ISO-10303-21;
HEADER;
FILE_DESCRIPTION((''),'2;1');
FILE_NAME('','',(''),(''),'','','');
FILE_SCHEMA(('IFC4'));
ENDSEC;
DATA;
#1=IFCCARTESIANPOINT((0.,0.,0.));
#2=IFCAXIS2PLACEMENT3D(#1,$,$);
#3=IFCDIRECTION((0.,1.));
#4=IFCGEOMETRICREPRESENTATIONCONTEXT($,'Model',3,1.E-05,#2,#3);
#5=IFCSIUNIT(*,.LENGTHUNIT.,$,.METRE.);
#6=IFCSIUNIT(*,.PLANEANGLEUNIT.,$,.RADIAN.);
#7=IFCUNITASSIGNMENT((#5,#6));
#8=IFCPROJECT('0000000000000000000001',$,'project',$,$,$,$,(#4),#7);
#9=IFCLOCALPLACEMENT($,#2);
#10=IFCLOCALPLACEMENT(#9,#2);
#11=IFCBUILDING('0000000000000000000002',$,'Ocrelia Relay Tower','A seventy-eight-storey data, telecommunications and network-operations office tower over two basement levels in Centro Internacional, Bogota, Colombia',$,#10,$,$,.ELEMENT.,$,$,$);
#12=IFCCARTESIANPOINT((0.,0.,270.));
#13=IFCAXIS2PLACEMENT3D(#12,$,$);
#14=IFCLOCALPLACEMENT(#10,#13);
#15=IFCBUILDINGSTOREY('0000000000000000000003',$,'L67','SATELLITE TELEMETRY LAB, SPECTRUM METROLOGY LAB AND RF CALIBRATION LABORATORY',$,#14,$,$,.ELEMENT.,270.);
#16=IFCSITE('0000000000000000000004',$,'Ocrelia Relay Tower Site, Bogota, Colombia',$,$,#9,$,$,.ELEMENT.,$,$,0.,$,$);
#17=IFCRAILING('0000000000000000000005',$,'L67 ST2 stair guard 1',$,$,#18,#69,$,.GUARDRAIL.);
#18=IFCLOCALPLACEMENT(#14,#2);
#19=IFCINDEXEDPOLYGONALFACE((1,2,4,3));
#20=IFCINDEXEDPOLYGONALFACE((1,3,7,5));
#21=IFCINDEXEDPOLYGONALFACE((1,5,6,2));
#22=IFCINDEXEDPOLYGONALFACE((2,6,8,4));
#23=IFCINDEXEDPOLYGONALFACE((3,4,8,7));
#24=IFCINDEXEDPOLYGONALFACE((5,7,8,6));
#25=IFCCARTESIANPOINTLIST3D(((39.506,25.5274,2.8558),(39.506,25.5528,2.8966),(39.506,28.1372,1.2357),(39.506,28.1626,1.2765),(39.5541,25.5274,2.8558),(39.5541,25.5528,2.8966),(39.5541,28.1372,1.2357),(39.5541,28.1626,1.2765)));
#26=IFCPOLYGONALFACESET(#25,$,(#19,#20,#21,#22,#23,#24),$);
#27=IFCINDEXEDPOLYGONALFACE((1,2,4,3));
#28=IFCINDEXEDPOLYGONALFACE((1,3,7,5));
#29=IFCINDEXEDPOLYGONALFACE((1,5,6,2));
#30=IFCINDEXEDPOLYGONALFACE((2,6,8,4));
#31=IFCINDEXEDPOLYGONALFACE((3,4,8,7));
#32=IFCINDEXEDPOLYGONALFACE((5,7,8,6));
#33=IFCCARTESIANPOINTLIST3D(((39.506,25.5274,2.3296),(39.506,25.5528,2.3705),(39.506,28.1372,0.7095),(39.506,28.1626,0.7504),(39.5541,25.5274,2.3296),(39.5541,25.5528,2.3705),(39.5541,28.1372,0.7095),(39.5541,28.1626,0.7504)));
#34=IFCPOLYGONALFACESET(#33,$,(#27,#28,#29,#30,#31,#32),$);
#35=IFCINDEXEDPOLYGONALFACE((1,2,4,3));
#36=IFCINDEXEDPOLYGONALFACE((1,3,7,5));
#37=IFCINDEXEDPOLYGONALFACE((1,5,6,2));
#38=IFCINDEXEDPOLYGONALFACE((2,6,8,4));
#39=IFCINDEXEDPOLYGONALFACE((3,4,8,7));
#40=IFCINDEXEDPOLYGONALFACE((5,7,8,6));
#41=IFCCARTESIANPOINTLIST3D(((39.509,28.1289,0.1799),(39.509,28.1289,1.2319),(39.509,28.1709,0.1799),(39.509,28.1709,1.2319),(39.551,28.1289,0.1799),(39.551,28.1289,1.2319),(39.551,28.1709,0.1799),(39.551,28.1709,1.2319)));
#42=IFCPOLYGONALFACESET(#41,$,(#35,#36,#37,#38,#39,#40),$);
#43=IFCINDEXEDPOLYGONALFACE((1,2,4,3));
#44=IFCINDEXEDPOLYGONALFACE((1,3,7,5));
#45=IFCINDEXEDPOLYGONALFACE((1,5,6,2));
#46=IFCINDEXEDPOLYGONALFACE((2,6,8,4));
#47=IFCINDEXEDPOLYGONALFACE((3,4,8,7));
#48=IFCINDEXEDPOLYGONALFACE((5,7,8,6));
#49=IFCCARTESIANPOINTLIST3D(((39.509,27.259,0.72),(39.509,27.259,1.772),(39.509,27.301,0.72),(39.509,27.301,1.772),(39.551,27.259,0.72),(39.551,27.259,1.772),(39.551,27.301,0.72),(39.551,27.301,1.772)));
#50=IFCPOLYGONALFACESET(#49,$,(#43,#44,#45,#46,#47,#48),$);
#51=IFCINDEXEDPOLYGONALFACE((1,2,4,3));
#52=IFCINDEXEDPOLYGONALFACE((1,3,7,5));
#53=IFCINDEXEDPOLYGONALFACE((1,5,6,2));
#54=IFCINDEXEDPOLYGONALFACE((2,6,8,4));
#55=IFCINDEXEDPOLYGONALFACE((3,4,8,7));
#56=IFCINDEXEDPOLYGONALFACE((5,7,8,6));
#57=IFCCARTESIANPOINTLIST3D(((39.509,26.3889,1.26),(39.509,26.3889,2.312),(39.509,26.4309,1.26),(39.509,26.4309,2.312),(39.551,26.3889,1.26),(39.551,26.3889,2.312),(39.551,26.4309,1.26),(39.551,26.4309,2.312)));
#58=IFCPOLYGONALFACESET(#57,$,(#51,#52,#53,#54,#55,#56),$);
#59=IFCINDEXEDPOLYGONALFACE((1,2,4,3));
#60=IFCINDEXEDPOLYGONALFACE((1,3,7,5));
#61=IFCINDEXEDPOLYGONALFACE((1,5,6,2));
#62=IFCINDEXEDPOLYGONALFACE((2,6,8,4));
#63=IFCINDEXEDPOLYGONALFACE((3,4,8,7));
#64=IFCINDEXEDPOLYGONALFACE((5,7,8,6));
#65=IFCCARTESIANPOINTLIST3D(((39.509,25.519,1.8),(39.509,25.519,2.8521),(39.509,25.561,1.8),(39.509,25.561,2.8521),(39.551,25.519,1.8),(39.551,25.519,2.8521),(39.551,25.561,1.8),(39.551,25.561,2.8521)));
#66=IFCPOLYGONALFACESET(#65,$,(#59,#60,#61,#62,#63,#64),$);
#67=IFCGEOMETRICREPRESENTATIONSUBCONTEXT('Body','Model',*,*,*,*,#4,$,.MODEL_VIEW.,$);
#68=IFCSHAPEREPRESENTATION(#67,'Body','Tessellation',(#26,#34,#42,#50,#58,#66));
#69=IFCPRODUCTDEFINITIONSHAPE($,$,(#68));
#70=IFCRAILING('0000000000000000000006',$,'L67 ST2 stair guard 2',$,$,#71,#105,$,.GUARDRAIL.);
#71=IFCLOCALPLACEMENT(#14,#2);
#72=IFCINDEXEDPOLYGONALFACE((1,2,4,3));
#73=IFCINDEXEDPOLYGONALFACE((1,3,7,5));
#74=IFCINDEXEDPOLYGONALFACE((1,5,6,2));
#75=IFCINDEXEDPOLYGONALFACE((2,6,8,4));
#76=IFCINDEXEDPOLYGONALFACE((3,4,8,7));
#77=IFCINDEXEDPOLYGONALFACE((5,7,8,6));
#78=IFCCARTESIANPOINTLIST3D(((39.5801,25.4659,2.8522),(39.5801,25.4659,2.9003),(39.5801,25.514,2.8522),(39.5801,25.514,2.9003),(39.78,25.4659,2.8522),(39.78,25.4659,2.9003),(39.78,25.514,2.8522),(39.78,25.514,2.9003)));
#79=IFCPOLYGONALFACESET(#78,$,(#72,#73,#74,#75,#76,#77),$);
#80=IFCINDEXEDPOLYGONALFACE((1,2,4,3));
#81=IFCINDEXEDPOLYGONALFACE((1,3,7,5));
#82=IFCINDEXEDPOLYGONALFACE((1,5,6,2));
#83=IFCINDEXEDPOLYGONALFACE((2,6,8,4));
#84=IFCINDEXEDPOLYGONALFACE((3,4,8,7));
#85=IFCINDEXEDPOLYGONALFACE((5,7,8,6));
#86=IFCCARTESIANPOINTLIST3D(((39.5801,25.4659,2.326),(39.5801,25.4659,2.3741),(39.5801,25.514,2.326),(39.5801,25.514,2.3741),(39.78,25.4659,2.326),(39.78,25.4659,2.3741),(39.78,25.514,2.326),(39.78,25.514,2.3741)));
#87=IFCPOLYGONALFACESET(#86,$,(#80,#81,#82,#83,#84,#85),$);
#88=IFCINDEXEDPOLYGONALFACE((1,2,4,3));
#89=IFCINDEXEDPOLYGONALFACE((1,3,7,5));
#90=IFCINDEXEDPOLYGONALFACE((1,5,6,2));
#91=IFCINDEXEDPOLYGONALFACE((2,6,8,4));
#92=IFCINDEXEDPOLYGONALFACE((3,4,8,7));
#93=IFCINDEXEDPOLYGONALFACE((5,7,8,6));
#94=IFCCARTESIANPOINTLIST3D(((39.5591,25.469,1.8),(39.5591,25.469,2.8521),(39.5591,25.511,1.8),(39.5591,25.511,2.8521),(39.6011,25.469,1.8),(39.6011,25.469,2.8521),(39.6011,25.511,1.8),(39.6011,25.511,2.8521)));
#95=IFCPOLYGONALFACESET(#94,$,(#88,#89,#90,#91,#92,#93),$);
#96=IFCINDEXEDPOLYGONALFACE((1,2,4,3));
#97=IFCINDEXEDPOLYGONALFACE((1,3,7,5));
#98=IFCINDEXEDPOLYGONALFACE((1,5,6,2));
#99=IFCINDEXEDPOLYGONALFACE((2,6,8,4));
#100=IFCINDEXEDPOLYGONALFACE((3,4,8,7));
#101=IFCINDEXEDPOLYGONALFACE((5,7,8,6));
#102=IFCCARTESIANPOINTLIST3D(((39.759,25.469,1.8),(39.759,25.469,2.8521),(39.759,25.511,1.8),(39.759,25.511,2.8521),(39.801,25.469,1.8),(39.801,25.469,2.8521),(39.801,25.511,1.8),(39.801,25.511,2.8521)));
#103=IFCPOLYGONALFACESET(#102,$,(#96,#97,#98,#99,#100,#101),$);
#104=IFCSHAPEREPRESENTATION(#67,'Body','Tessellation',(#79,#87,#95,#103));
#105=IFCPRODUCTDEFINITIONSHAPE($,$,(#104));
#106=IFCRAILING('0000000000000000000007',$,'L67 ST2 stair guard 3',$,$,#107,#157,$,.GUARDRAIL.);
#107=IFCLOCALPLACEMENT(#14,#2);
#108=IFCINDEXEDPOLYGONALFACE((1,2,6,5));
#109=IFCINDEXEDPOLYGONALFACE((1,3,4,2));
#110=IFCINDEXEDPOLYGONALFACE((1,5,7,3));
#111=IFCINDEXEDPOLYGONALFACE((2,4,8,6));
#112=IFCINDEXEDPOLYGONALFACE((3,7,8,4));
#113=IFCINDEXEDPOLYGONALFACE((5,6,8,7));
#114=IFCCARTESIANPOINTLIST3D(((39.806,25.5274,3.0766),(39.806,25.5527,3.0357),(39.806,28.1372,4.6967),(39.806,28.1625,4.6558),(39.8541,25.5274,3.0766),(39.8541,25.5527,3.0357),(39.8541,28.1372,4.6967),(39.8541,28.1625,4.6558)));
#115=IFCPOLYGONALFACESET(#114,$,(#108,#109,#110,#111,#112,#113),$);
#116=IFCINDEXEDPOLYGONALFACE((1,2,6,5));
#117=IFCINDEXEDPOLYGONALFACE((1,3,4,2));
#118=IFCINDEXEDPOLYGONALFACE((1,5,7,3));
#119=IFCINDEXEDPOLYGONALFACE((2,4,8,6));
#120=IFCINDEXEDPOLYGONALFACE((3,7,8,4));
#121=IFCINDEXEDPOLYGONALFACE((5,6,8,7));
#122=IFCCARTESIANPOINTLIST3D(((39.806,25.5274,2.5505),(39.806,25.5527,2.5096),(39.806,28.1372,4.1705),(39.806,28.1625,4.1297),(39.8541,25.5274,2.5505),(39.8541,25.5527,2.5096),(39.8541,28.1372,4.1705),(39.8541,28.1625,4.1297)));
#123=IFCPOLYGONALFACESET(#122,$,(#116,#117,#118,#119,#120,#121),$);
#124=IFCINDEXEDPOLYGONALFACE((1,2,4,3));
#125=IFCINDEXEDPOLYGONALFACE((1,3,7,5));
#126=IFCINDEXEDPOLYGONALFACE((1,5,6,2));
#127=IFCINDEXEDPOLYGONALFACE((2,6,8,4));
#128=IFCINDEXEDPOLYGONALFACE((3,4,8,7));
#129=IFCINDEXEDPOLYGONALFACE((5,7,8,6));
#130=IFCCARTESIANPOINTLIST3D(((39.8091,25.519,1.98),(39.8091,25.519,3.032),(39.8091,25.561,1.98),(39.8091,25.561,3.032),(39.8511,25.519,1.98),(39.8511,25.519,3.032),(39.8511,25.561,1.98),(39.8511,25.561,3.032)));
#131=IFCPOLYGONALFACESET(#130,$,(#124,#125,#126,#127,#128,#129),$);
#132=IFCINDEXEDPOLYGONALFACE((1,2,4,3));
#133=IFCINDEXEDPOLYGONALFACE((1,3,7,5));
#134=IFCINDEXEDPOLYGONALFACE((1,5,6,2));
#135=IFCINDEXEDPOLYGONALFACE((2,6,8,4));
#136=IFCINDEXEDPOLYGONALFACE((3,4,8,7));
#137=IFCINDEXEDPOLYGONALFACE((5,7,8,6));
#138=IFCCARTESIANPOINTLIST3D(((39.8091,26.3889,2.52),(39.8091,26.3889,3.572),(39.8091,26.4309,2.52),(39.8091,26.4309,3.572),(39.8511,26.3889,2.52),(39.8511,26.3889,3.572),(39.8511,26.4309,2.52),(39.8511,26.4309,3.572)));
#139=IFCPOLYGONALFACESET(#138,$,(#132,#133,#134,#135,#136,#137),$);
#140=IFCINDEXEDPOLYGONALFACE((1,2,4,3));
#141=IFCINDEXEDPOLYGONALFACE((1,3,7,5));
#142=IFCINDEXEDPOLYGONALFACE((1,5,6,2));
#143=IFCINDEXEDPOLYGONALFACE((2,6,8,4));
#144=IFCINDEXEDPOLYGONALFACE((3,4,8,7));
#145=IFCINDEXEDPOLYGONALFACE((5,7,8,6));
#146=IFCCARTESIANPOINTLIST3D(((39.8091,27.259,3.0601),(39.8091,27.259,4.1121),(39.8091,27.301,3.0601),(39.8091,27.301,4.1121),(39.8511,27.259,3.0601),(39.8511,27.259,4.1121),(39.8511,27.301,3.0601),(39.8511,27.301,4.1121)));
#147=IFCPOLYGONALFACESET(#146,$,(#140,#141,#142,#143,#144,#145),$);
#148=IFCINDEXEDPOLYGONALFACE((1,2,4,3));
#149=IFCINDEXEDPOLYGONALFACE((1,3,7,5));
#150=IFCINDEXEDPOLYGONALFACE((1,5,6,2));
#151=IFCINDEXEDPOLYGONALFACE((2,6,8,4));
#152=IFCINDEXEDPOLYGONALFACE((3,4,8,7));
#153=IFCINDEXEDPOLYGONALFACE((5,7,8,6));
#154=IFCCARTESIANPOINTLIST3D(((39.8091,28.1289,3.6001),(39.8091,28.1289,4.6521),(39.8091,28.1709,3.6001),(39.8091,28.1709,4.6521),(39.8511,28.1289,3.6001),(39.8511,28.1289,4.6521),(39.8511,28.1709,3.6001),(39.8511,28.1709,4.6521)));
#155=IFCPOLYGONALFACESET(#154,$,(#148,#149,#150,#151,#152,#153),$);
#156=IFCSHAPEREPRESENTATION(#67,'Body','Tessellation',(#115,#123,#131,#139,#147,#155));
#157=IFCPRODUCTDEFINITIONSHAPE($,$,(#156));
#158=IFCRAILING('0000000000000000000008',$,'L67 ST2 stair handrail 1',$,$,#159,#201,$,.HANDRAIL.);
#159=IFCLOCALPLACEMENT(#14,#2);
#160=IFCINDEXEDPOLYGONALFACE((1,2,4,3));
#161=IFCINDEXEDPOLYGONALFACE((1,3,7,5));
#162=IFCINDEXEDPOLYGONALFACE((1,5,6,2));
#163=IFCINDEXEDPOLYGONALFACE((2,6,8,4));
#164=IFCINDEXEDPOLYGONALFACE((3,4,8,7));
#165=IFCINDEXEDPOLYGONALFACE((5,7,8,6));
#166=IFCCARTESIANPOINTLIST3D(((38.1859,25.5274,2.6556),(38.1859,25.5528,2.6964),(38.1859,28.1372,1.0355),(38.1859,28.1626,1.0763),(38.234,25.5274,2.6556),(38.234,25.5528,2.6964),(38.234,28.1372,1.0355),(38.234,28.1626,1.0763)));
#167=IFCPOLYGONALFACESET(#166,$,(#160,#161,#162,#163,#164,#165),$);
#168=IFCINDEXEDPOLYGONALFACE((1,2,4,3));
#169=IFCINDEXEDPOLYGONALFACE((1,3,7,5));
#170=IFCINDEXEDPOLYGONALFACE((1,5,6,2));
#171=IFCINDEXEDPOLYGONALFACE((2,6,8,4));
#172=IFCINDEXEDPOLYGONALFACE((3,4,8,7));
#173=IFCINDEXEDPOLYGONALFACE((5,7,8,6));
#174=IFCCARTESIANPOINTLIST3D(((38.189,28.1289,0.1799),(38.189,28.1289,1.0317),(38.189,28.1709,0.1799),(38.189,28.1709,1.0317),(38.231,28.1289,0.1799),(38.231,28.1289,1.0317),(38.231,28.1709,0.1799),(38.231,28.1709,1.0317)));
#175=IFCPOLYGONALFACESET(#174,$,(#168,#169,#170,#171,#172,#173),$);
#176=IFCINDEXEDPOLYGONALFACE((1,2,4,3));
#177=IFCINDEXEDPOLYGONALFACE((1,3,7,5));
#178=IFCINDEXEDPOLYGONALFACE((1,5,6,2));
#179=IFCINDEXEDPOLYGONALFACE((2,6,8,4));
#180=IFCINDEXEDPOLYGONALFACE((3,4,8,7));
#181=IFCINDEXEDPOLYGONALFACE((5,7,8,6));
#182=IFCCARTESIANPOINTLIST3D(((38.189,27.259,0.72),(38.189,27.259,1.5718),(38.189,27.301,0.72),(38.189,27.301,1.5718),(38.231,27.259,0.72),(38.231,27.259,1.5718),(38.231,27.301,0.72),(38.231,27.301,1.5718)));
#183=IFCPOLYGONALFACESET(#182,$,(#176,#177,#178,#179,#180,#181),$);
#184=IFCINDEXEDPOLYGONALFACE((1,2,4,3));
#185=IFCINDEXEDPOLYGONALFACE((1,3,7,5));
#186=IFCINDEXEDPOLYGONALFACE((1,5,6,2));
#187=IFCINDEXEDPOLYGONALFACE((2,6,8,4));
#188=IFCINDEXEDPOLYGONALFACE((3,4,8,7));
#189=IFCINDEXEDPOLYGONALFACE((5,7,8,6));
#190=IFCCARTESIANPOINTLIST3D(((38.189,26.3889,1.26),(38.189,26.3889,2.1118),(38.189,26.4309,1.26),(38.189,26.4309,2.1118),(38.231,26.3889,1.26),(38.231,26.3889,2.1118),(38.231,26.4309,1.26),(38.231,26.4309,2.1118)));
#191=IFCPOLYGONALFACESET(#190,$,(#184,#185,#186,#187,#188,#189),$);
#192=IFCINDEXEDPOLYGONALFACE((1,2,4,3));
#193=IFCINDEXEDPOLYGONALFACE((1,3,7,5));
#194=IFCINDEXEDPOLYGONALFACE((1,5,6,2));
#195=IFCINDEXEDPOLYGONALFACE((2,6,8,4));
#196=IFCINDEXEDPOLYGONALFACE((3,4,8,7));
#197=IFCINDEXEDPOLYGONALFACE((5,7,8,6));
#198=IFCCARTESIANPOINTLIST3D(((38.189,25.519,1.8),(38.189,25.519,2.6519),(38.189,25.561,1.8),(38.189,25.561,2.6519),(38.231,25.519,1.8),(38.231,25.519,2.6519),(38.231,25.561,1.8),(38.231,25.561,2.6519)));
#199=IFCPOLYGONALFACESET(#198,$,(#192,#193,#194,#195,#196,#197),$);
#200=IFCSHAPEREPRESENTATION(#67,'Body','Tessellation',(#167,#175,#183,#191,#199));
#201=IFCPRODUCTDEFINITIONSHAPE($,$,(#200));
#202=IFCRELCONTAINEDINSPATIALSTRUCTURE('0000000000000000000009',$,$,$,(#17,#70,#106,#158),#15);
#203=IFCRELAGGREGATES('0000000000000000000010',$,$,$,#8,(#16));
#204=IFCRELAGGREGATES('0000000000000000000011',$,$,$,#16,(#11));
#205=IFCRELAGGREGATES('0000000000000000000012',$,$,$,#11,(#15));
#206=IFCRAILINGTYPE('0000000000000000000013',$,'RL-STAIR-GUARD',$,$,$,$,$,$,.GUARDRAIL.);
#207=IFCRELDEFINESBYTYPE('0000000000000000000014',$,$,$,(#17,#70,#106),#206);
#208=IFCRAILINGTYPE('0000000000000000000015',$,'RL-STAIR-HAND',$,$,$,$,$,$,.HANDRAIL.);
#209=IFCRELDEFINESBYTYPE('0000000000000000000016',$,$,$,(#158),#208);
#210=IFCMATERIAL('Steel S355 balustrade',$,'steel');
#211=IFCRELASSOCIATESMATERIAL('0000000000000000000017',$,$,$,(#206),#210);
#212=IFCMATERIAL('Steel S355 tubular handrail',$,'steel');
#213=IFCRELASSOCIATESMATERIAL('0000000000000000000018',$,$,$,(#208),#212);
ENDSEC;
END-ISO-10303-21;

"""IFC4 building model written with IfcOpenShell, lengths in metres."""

from ifc_helpers import new_model, si_unit, direction, frame, origin, origin_2d, place, context, subcontext, project, spatial, rectangle, extrude, material, type_object, element, save


model = new_model("IFC4")

# Units and contexts
model_context = context("Model", 3, precision=1e-05, world=origin(), true_north=direction((0.0, 1.0)))
body_context = subcontext(model_context, "Body", "Model", "MODEL_VIEW")
ifc_project = project(units=[si_unit("LENGTHUNIT", "METRE"), si_unit("PLANEANGLEUNIT", "RADIAN")], contexts=[model_context])

# Site, building, storey
site_placement = place(None, origin())
site = spatial("IfcSite", under=ifc_project, at=site_placement, Name="Ocrelia Relay Tower Site, Bogota, Colombia", CompositionType="ELEMENT", RefElevation=0.0)
building_placement = place(site_placement, origin())
building = spatial("IfcBuilding", under=site, at=building_placement, Name="Ocrelia Relay Tower", Description="A seventy-eight-storey data, telecommunications and network-operations office tower over two basement levels in Centro Internacional, Bogota, Colombia", CompositionType="ELEMENT")
storey_placement = place(building_placement, frame((0.0, 0.0, 270.0)))
storey = spatial("IfcBuildingStorey", under=building, at=storey_placement, Name="L67", Description="SATELLITE TELEMETRY LAB, SPECTRUM METROLOGY LAB AND RF CALIBRATION LABORATORY", CompositionType="ELEMENT", Elevation=270.0)

# Railings
ifc_material_1 = material(Name="Steel S355 balustrade", Category="steel")
railing_type_1 = type_object("IfcRailingType", Name="RL-STAIR-GUARD", PredefinedType="GUARDRAIL", material=ifc_material_1)
railing_1_placement = place(storey_placement, frame((39.53, 28.1499, 0.1799)))
element("IfcRailing", 1, at=railing_1_placement, inside=storey, type_object=railing_type_1, Name="L67 ST2 stair guard 1", PredefinedType="GUARDRAIL", context=body_context, shape_type="SweptSolid", body=[
    extrude(rectangle(XDim=0.0481, YDim=0.0481, at=origin_2d()), frame((0.0, 0.0, 1.0762), z_axis=(0.0, -0.849611, 0.52741), x_axis=(1.0, 0.0, 0.0)), (0.0, 0.0, 1.0), 3.0718),
    extrude(rectangle(XDim=0.0481, YDim=0.0481, at=origin_2d()), frame((0.0, 0.0, 0.55), z_axis=(0.0, -0.849611, 0.52741), x_axis=(1.0, 0.0, 0.0)), (0.0, 0.0, 1.0), 3.0718),
    extrude(rectangle(XDim=0.042, YDim=0.042, at=origin_2d()), origin(), (0.0, 0.0, 1.0), 1.052),
    extrude(rectangle(XDim=0.042, YDim=0.042, at=origin_2d()), frame((0.0, -0.8699, 0.54)), (0.0, 0.0, 1.0), 1.052),
    extrude(rectangle(XDim=0.042, YDim=0.042, at=origin_2d()), frame((0.0, -1.74, 1.0801)), (0.0, 0.0, 1.0), 1.052),
    extrude(rectangle(XDim=0.042, YDim=0.042, at=origin_2d()), frame((0.0, -2.6099, 1.6201)), (0.0, 0.0, 1.0), 1.052),
])
railing_2_placement = place(storey_placement, frame((39.5801, 25.49, 1.8)))
element("IfcRailing", 2, at=railing_2_placement, inside=storey, type_object=railing_type_1, Name="L67 ST2 stair guard 2", PredefinedType="GUARDRAIL", context=body_context, shape_type="SweptSolid", body=[
    extrude(rectangle(XDim=0.0481, YDim=0.0481, at=origin_2d()), frame((0.0, 0.0, 1.0762), z_axis=(1.0, 0.0, 0.0), x_axis=(0.0, 1.0, 0.0)), (0.0, 0.0, 1.0), 0.2),
    extrude(rectangle(XDim=0.0481, YDim=0.0481, at=origin_2d()), frame((0.0, 0.0, 0.55), z_axis=(1.0, 0.0, 0.0), x_axis=(0.0, 1.0, 0.0)), (0.0, 0.0, 1.0), 0.2),
    extrude(rectangle(XDim=0.042, YDim=0.042, at=origin_2d()), origin(), (0.0, 0.0, 1.0), 1.052),
    extrude(rectangle(XDim=0.042, YDim=0.042, at=origin_2d()), frame((0.2, 0.0, 0.0)), (0.0, 0.0, 1.0), 1.052),
])
railing_3_placement = place(storey_placement, frame((39.8301, 25.54, 1.98)))
element("IfcRailing", 3, at=railing_3_placement, inside=storey, type_object=railing_type_1, Name="L67 ST2 stair guard 3", PredefinedType="GUARDRAIL", context=body_context, shape_type="SweptSolid", body=[
    extrude(rectangle(XDim=0.0481, YDim=0.0481, at=origin_2d()), frame((0.0, 0.0, 1.0762), z_axis=(0.0, 0.849611, 0.52741), x_axis=(-1.0, 0.0, 0.0)), (0.0, 0.0, 1.0), 3.0718),
    extrude(rectangle(XDim=0.0481, YDim=0.0481, at=origin_2d()), frame((0.0, 0.0, 0.55), z_axis=(0.0, 0.849611, 0.52741), x_axis=(-1.0, 0.0, 0.0)), (0.0, 0.0, 1.0), 3.0718),
    extrude(rectangle(XDim=0.042, YDim=0.042, at=origin_2d()), origin(), (0.0, 0.0, 1.0), 1.052),
    extrude(rectangle(XDim=0.042, YDim=0.042, at=origin_2d()), frame((0.0, 0.8699, 0.54)), (0.0, 0.0, 1.0), 1.052),
    extrude(rectangle(XDim=0.042, YDim=0.042, at=origin_2d()), frame((0.0, 1.74, 1.0801)), (0.0, 0.0, 1.0), 1.052),
    extrude(rectangle(XDim=0.042, YDim=0.042, at=origin_2d()), frame((0.0, 2.6099, 1.6201)), (0.0, 0.0, 1.0), 1.052),
])
ifc_material_2 = material(Name="Steel S355 tubular handrail", Category="steel")
railing_type_2 = type_object("IfcRailingType", Name="RL-STAIR-HAND", PredefinedType="HANDRAIL", material=ifc_material_2)
railing_4_placement = place(storey_placement, frame((38.21, 28.1499, 0.1799)))
element("IfcRailing", 4, at=railing_4_placement, inside=storey, type_object=railing_type_2, Name="L67 ST2 stair handrail 1", PredefinedType="HANDRAIL", context=body_context, shape_type="SweptSolid", body=[
    extrude(rectangle(XDim=0.0481, YDim=0.0481, at=origin_2d()), frame((0.0, 0.0, 0.876), z_axis=(0.0, -0.849611, 0.52741), x_axis=(1.0, 0.0, 0.0)), (0.0, 0.0, 1.0), 3.0718),
    extrude(rectangle(XDim=0.042, YDim=0.042, at=origin_2d()), origin(), (0.0, 0.0, 1.0), 0.8518),
    extrude(rectangle(XDim=0.042, YDim=0.042, at=origin_2d()), frame((0.0, -0.8699, 0.54)), (0.0, 0.0, 1.0), 0.8518),
    extrude(rectangle(XDim=0.042, YDim=0.042, at=origin_2d()), frame((0.0, -1.74, 1.0801)), (0.0, 0.0, 1.0), 0.8518),
    extrude(rectangle(XDim=0.042, YDim=0.042, at=origin_2d()), frame((0.0, -2.6099, 1.6201)), (0.0, 0.0, 1.0), 0.8518),
])

save(model, "model.ifc")
